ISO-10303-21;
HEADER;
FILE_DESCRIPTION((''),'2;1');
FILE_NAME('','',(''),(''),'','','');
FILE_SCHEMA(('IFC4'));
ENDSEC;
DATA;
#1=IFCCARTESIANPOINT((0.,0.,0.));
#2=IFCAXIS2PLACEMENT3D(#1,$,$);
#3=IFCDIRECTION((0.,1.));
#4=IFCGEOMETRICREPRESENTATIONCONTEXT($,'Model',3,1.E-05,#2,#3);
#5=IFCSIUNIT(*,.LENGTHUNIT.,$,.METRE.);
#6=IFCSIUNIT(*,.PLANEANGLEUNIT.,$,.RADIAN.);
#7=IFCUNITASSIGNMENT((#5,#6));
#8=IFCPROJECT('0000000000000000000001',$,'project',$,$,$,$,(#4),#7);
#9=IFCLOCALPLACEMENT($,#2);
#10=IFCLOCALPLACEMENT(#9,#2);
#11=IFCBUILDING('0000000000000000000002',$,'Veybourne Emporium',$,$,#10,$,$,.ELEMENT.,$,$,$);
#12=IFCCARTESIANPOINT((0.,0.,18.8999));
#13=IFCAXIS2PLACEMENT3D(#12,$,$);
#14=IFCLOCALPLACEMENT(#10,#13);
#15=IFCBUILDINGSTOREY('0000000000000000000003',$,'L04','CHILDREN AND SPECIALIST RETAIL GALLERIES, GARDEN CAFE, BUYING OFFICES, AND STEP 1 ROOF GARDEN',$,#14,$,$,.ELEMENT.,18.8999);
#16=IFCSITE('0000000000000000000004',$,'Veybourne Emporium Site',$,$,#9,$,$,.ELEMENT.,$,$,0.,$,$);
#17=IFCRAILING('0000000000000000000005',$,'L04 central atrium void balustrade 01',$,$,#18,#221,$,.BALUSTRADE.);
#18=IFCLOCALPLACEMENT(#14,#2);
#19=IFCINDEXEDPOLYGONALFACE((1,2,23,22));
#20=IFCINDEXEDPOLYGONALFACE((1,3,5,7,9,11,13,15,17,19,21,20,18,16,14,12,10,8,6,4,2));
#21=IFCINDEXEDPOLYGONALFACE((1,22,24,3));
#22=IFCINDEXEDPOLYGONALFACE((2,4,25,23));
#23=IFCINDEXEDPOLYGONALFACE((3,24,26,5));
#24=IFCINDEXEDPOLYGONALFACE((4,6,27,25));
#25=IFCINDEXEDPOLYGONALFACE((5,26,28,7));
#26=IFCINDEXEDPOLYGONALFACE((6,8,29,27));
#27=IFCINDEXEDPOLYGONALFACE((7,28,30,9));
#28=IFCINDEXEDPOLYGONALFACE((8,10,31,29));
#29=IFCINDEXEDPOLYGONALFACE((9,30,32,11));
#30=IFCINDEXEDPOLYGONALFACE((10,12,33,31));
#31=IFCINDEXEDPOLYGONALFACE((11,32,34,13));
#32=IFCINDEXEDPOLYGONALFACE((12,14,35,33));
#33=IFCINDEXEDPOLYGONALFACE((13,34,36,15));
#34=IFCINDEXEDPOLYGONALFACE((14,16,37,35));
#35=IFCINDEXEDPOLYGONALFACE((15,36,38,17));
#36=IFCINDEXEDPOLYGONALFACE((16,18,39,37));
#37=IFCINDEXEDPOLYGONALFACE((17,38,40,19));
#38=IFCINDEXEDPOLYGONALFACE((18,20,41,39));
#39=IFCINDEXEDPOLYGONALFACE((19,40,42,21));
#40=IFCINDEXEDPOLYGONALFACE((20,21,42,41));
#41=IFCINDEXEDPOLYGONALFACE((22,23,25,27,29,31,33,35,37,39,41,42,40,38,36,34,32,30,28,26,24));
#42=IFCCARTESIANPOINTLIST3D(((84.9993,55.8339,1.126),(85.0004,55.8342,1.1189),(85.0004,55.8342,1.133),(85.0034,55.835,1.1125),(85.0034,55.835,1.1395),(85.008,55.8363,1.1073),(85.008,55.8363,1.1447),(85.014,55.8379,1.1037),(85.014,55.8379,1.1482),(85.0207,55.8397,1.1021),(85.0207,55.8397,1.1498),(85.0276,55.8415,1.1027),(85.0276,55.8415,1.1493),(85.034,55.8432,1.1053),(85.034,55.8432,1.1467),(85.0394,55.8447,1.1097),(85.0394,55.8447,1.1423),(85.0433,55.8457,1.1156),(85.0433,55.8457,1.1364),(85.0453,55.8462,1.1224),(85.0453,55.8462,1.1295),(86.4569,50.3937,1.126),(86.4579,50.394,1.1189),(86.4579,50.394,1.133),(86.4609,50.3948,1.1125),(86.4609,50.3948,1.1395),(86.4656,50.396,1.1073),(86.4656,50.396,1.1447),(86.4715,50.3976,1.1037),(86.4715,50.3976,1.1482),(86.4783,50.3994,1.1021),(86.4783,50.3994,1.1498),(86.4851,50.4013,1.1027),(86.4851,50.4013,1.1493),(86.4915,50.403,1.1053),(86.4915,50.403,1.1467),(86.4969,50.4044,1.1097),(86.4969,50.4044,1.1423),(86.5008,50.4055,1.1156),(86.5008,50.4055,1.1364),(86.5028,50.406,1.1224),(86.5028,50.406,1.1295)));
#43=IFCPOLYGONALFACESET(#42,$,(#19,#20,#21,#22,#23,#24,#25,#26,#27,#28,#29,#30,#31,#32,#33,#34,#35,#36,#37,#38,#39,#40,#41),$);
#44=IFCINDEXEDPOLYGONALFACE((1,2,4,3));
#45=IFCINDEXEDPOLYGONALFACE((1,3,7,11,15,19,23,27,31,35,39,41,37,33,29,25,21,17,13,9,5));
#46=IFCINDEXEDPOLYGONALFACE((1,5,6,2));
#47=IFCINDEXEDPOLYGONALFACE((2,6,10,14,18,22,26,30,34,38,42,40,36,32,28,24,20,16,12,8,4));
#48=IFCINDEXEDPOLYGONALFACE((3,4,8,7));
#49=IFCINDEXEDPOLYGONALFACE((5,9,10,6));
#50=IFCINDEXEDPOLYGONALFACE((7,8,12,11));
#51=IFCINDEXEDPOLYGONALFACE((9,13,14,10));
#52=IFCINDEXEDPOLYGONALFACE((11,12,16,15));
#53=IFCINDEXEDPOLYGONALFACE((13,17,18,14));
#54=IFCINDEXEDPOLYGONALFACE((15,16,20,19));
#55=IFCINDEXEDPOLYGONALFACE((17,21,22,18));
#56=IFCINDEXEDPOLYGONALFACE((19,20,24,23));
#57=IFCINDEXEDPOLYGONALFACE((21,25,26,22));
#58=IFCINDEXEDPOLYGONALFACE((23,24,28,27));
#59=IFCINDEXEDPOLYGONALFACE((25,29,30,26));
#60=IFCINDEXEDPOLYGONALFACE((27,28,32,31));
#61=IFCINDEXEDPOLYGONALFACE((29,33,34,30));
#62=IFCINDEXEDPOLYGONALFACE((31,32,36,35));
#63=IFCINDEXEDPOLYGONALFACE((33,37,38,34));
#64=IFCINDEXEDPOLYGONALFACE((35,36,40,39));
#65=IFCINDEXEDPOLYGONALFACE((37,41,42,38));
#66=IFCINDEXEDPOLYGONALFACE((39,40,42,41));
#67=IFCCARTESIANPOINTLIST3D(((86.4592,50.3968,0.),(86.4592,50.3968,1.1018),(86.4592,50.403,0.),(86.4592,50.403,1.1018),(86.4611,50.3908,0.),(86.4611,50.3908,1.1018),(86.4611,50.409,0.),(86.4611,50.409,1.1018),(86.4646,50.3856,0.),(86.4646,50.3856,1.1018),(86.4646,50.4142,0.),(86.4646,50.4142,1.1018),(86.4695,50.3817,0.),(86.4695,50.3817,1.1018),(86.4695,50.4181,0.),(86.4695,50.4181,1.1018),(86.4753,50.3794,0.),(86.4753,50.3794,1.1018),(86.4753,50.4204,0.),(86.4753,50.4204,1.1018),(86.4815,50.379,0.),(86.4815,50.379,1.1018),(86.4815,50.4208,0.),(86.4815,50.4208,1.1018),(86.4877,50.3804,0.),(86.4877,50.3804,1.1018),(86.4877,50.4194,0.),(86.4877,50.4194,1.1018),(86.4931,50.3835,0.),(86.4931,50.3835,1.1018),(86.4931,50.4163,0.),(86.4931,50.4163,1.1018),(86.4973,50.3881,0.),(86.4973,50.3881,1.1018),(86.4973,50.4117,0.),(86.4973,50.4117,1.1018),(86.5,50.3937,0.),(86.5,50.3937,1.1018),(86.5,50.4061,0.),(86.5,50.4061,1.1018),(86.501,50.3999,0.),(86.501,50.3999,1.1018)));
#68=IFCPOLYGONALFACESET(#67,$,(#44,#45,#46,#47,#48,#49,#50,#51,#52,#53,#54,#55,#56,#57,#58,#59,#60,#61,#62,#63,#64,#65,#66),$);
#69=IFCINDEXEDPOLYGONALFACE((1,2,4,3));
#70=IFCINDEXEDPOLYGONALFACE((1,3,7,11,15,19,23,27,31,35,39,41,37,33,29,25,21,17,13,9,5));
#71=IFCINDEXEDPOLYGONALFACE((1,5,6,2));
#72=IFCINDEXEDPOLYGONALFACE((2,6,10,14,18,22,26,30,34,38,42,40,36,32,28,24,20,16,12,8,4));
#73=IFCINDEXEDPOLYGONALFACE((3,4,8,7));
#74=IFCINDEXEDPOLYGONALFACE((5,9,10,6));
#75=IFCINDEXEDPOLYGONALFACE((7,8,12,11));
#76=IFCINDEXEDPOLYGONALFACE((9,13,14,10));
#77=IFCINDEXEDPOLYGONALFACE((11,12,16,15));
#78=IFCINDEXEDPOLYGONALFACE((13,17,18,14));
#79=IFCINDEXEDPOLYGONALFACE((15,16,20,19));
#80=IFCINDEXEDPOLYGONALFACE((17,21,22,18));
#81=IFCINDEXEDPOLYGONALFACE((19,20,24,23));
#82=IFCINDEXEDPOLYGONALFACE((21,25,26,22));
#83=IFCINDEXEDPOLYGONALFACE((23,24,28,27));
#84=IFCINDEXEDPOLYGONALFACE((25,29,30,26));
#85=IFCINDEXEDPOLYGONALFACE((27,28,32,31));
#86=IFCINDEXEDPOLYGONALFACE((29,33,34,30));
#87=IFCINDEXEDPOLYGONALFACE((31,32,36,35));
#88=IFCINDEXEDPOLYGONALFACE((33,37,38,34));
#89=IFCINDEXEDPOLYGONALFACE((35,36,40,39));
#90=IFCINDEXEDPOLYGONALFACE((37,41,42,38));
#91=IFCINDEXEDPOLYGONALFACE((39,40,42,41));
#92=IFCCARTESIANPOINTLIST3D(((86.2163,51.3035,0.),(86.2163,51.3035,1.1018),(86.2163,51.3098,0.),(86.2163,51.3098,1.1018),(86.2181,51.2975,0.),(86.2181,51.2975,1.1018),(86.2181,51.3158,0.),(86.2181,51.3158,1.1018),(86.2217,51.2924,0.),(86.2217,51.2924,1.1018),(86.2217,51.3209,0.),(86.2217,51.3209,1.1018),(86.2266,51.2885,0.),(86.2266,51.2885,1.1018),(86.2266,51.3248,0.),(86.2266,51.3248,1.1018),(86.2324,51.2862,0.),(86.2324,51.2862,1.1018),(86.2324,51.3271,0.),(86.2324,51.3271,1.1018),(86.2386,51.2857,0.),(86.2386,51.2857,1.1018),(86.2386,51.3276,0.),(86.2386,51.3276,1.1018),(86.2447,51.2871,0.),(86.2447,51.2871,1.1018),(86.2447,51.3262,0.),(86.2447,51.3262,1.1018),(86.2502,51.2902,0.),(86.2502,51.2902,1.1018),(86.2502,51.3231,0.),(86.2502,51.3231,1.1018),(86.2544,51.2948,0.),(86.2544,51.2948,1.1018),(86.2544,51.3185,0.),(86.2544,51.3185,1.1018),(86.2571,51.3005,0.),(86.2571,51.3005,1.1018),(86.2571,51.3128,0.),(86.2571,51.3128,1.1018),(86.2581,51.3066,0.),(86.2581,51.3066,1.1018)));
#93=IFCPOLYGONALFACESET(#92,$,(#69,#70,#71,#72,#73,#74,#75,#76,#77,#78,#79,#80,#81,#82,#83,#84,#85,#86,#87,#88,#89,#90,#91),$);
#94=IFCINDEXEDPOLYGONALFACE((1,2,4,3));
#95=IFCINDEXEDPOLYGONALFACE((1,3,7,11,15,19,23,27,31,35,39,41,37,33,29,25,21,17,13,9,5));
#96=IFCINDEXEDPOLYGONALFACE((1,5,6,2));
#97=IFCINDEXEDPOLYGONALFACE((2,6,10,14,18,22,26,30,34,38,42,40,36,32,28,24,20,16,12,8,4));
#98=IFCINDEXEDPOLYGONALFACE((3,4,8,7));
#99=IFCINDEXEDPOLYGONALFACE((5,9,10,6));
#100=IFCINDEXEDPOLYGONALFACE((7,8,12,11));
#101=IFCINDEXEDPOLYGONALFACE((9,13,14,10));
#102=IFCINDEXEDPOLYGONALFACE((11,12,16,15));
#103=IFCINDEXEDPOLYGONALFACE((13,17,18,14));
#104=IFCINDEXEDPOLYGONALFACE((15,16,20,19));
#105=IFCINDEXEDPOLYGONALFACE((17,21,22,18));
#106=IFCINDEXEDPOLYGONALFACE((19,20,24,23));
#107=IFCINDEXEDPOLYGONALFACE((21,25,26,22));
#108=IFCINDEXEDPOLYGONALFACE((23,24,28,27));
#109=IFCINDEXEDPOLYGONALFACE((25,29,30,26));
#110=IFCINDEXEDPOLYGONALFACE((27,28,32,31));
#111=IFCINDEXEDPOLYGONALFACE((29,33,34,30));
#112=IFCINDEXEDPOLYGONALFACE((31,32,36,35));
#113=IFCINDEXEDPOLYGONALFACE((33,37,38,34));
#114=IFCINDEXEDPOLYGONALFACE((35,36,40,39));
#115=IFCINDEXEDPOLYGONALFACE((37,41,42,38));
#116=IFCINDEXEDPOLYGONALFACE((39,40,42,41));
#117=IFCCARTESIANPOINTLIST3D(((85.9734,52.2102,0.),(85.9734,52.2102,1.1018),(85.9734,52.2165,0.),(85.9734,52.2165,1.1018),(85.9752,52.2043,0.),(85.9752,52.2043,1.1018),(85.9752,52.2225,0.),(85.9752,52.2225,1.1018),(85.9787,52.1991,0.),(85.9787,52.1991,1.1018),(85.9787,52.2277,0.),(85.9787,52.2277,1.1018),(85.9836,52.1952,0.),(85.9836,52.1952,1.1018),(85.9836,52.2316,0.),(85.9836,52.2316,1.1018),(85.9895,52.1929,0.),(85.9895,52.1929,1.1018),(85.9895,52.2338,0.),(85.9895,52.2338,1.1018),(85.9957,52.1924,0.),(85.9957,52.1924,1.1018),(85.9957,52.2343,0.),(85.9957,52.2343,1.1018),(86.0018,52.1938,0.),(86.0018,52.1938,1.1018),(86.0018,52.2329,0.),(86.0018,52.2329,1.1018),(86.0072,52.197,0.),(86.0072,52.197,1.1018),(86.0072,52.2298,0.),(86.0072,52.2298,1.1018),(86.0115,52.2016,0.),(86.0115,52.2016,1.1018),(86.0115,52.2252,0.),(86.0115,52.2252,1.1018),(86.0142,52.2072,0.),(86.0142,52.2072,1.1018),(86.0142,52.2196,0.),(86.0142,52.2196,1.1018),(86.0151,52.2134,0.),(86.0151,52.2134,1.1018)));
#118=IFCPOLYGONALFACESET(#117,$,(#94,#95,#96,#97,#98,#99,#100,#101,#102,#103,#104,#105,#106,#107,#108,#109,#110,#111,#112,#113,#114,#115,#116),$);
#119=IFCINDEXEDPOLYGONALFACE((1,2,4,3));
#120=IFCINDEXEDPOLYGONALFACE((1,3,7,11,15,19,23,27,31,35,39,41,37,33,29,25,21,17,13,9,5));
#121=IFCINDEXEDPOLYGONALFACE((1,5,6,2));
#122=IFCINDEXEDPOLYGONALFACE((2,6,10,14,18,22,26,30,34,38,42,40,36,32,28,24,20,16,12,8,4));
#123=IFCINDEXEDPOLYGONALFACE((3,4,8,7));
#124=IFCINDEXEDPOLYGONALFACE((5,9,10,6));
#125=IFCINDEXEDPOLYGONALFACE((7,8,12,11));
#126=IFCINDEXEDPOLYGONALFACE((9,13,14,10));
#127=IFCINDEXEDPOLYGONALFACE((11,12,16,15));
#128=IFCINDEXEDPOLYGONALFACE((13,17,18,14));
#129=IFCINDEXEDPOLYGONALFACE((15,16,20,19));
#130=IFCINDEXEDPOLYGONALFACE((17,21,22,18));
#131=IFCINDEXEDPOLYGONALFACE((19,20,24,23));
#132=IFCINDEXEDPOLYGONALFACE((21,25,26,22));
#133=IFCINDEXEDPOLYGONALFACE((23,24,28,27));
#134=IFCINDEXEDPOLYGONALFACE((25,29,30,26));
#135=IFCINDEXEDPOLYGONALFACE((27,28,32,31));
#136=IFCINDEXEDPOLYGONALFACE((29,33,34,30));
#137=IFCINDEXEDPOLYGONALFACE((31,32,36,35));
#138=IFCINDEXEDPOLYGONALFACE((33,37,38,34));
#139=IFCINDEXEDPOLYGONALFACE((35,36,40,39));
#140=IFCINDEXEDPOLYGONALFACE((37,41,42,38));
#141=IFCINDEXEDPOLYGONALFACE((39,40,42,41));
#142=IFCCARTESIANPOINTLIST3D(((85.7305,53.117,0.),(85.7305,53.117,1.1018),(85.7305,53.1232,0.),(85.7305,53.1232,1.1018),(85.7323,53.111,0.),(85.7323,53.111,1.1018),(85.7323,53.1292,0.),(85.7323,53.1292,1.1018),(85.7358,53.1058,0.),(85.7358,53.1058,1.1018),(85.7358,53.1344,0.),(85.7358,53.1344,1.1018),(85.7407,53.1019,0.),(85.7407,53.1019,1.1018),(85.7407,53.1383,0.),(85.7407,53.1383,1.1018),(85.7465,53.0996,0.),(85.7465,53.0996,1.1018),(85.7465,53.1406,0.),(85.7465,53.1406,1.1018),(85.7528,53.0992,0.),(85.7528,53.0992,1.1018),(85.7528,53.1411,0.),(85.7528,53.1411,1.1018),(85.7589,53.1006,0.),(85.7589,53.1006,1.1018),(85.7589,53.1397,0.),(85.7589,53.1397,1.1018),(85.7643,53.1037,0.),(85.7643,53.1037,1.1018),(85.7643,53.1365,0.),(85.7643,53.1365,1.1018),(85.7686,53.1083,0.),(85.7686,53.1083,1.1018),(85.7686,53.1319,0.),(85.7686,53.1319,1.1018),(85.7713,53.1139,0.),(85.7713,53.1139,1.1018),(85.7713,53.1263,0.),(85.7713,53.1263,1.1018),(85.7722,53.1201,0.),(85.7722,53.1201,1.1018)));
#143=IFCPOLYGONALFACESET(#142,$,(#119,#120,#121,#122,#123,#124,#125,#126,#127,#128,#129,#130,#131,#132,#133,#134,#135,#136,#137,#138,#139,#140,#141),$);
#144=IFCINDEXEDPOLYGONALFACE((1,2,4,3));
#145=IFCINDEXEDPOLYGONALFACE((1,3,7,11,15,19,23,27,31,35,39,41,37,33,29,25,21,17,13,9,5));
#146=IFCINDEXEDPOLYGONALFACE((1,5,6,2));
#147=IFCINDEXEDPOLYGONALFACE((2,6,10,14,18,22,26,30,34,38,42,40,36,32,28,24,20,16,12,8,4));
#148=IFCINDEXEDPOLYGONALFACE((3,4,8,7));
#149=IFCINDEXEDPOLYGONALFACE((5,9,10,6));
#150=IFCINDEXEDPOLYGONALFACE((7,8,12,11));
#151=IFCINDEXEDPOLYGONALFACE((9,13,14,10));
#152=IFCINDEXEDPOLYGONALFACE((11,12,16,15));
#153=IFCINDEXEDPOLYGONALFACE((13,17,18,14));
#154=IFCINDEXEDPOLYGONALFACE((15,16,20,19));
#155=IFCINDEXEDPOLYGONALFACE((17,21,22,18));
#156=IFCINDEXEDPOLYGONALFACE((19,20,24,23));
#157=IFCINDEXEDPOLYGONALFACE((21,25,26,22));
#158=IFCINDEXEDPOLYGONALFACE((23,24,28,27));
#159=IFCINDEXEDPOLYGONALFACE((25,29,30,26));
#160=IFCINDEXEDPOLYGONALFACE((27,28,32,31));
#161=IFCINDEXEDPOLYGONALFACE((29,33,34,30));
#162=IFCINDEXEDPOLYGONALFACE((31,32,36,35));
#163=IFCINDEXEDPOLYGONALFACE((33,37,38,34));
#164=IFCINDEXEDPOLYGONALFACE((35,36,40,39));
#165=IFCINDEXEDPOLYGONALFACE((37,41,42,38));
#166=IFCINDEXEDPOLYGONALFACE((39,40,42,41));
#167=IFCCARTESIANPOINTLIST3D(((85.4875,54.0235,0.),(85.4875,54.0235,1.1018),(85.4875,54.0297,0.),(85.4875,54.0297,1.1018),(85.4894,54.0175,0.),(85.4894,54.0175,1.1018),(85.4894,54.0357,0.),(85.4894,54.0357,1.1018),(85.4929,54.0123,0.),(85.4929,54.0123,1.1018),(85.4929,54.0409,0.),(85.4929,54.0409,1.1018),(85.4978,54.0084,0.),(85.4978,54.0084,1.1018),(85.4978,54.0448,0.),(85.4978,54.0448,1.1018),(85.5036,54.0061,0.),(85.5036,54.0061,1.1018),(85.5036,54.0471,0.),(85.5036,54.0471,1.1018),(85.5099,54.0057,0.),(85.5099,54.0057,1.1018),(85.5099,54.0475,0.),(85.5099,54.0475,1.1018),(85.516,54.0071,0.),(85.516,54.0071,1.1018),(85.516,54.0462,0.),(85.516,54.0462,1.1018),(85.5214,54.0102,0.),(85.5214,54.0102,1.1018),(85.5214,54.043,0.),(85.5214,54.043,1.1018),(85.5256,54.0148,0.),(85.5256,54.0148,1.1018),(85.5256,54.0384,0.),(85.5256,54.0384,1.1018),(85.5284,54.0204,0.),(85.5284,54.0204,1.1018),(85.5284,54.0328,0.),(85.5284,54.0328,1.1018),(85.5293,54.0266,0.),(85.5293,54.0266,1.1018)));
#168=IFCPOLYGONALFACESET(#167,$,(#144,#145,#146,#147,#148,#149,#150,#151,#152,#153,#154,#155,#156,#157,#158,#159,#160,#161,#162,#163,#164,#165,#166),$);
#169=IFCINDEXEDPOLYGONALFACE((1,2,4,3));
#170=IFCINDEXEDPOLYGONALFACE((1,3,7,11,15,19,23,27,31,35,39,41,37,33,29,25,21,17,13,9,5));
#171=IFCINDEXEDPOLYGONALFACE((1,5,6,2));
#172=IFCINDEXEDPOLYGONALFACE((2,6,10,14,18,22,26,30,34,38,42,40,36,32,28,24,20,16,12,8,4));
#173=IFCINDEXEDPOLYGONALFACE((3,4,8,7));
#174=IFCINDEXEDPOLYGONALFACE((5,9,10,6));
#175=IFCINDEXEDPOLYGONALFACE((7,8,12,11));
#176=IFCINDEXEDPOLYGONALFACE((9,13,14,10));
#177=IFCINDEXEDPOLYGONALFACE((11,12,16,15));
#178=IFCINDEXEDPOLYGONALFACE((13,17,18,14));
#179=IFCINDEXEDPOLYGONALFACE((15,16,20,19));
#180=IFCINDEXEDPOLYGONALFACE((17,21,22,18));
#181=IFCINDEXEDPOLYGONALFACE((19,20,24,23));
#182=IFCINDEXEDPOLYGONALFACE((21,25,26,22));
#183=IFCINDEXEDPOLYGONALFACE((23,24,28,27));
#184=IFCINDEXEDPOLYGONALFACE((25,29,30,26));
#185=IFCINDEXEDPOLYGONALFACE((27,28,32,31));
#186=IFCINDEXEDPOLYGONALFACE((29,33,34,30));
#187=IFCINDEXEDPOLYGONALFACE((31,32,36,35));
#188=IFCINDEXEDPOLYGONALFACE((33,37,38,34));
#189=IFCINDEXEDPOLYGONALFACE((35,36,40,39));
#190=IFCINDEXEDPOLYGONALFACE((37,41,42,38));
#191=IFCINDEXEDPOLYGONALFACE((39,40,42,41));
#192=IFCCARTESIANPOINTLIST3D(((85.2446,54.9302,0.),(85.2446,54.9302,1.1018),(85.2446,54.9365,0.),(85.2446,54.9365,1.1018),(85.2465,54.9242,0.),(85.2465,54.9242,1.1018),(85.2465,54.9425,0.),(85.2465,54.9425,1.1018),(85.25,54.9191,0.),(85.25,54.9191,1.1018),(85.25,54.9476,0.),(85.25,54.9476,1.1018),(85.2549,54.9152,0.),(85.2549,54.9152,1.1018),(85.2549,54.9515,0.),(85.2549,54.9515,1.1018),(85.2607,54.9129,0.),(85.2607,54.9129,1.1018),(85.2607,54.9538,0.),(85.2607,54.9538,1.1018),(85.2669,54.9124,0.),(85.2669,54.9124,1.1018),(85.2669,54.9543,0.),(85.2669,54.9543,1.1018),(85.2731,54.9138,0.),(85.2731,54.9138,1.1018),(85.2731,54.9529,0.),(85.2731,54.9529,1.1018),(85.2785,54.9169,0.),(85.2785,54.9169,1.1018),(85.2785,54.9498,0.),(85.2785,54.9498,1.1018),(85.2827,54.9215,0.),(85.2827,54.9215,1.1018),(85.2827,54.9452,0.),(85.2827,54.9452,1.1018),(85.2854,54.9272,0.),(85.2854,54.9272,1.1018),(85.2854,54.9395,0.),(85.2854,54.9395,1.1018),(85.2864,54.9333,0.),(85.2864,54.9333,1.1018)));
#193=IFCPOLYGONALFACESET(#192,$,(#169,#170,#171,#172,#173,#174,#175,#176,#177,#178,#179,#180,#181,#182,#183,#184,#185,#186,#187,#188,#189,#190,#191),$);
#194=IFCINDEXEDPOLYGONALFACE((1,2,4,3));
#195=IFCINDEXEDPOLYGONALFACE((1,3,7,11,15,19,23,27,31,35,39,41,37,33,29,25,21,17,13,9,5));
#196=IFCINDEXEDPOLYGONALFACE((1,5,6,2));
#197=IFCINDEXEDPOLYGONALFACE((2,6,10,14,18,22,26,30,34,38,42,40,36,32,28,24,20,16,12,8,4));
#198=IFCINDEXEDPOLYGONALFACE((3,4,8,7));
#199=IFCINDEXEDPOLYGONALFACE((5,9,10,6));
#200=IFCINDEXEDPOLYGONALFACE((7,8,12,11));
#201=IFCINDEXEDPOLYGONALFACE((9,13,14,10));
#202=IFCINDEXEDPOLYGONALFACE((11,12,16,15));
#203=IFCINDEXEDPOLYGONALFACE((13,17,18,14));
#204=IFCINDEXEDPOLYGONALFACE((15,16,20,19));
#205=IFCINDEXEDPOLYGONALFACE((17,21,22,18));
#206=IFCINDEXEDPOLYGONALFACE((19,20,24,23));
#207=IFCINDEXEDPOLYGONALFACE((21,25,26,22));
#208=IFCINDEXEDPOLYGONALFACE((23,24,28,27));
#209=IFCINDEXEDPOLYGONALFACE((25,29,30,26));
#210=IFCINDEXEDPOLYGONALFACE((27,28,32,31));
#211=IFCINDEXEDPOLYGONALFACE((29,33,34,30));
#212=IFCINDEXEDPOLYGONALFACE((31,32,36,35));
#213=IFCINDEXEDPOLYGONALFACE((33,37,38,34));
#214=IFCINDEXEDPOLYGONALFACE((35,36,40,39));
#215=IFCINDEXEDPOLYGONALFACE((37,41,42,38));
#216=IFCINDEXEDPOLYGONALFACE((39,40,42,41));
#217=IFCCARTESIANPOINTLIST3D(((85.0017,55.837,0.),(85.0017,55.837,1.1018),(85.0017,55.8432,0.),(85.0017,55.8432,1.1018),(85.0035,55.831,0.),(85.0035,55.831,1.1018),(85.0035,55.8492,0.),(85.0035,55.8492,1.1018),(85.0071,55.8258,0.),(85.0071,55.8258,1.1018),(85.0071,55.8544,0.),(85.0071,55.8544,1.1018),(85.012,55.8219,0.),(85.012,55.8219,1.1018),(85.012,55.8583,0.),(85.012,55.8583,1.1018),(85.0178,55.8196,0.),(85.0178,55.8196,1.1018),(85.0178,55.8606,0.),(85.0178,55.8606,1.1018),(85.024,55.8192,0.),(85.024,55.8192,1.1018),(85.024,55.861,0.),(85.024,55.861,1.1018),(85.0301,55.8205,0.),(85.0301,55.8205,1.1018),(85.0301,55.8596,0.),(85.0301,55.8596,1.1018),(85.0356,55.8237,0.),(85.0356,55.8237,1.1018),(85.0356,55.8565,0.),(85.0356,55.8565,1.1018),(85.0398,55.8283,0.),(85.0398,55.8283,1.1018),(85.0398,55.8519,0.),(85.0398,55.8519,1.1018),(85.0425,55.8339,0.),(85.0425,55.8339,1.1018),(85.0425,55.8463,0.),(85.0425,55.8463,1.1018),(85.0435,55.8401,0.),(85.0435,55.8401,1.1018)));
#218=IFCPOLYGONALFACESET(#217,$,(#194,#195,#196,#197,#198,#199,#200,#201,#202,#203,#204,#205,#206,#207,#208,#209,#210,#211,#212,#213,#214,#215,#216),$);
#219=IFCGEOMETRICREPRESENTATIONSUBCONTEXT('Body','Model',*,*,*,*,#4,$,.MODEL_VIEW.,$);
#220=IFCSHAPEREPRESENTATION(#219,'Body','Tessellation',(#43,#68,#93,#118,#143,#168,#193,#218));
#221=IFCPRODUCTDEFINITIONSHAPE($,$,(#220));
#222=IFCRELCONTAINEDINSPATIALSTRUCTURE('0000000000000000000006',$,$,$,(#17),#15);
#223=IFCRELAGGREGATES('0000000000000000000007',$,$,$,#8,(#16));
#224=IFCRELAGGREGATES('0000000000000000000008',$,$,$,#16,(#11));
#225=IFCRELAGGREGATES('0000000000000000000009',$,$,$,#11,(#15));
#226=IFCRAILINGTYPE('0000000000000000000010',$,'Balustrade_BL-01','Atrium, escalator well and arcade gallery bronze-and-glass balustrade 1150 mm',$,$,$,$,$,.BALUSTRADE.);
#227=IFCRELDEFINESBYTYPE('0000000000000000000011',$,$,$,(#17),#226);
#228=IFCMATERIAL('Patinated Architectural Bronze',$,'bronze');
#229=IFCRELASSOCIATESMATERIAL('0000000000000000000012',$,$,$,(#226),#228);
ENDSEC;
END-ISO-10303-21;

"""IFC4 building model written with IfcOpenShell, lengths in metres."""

from ifc_helpers import new_model, si_unit, direction, frame, origin, origin_2d, place, context, subcontext, project, spatial, circle, extrude, material, type_object, element, save


model = new_model("IFC4")

# Units and contexts
model_context = context("Model", 3, precision=1e-05, world=origin(), true_north=direction((0.0, 1.0)))
body_context = subcontext(model_context, "Body", "Model", "MODEL_VIEW")
ifc_project = project(units=[si_unit("LENGTHUNIT", "METRE"), si_unit("PLANEANGLEUNIT", "RADIAN")], contexts=[model_context])

# Site, building, storey
site_placement = place(None, origin())
site = spatial("IfcSite", under=ifc_project, at=site_placement, Name="Veybourne Emporium Site", CompositionType="ELEMENT", RefElevation=0.0)
building_placement = place(site_placement, origin())
building = spatial("IfcBuilding", under=site, at=building_placement, Name="Veybourne Emporium", CompositionType="ELEMENT")
storey_placement = place(building_placement, frame((0.0, 0.0, 18.8999)))
storey = spatial("IfcBuildingStorey", under=building, at=storey_placement, Name="L04", Description="CHILDREN AND SPECIALIST RETAIL GALLERIES, GARDEN CAFE, BUYING OFFICES, AND STEP 1 ROOF GARDEN", CompositionType="ELEMENT", Elevation=18.8999)

# Railing
ifc_material_1 = material(Name="Patinated Architectural Bronze", Category="bronze")
railing_type_1 = type_object("IfcRailingType", Name="Balustrade_BL-01", Description="Atrium, escalator well and arcade gallery bronze-and-glass balustrade 1150 mm", PredefinedType="BALUSTRADE", material=ifc_material_1)
railing_1_placement = place(storey_placement, frame((86.48, 50.3999, 0.0)))
element("IfcRailing", 1, at=railing_1_placement, inside=storey, type_object=railing_type_1, Name="L04 central atrium void balustrade 01", PredefinedType="BALUSTRADE", context=body_context, shape_type="SweptSolid", body=[
    extrude(circle(Radius=0.0239, at=origin_2d()), frame((0.0, 0.0, 1.126), z_axis=(-0.25879, 0.965934, 0.0), x_axis=(-0.965934, -0.25879, 0.0)), (0.0, 0.0, 1.0), 5.6321),
    extrude(circle(Radius=0.021, at=origin_2d()), origin(), (0.0, 0.0, 1.0), 1.1018),
    extrude(circle(Radius=0.021, at=origin_2d()), frame((-0.2429, 0.9067, 0.0)), (0.0, 0.0, 1.0), 1.1018),
    extrude(circle(Radius=0.021, at=origin_2d()), frame((-0.4858, 1.8135, 0.0)), (0.0, 0.0, 1.0), 1.1018),
    extrude(circle(Radius=0.021, at=origin_2d()), frame((-0.7288, 2.7202, 0.0)), (0.0, 0.0, 1.0), 1.1018),
    extrude(circle(Radius=0.021, at=origin_2d()), frame((-0.9717, 3.6267, 0.0)), (0.0, 0.0, 1.0), 1.1018),
    extrude(circle(Radius=0.021, at=origin_2d()), frame((-1.2146, 4.5334, 0.0)), (0.0, 0.0, 1.0), 1.1018),
    extrude(circle(Radius=0.021, at=origin_2d()), frame((-1.4575, 5.4402, 0.0)), (0.0, 0.0, 1.0), 1.1018),
])

save(model, "model.ifc")
